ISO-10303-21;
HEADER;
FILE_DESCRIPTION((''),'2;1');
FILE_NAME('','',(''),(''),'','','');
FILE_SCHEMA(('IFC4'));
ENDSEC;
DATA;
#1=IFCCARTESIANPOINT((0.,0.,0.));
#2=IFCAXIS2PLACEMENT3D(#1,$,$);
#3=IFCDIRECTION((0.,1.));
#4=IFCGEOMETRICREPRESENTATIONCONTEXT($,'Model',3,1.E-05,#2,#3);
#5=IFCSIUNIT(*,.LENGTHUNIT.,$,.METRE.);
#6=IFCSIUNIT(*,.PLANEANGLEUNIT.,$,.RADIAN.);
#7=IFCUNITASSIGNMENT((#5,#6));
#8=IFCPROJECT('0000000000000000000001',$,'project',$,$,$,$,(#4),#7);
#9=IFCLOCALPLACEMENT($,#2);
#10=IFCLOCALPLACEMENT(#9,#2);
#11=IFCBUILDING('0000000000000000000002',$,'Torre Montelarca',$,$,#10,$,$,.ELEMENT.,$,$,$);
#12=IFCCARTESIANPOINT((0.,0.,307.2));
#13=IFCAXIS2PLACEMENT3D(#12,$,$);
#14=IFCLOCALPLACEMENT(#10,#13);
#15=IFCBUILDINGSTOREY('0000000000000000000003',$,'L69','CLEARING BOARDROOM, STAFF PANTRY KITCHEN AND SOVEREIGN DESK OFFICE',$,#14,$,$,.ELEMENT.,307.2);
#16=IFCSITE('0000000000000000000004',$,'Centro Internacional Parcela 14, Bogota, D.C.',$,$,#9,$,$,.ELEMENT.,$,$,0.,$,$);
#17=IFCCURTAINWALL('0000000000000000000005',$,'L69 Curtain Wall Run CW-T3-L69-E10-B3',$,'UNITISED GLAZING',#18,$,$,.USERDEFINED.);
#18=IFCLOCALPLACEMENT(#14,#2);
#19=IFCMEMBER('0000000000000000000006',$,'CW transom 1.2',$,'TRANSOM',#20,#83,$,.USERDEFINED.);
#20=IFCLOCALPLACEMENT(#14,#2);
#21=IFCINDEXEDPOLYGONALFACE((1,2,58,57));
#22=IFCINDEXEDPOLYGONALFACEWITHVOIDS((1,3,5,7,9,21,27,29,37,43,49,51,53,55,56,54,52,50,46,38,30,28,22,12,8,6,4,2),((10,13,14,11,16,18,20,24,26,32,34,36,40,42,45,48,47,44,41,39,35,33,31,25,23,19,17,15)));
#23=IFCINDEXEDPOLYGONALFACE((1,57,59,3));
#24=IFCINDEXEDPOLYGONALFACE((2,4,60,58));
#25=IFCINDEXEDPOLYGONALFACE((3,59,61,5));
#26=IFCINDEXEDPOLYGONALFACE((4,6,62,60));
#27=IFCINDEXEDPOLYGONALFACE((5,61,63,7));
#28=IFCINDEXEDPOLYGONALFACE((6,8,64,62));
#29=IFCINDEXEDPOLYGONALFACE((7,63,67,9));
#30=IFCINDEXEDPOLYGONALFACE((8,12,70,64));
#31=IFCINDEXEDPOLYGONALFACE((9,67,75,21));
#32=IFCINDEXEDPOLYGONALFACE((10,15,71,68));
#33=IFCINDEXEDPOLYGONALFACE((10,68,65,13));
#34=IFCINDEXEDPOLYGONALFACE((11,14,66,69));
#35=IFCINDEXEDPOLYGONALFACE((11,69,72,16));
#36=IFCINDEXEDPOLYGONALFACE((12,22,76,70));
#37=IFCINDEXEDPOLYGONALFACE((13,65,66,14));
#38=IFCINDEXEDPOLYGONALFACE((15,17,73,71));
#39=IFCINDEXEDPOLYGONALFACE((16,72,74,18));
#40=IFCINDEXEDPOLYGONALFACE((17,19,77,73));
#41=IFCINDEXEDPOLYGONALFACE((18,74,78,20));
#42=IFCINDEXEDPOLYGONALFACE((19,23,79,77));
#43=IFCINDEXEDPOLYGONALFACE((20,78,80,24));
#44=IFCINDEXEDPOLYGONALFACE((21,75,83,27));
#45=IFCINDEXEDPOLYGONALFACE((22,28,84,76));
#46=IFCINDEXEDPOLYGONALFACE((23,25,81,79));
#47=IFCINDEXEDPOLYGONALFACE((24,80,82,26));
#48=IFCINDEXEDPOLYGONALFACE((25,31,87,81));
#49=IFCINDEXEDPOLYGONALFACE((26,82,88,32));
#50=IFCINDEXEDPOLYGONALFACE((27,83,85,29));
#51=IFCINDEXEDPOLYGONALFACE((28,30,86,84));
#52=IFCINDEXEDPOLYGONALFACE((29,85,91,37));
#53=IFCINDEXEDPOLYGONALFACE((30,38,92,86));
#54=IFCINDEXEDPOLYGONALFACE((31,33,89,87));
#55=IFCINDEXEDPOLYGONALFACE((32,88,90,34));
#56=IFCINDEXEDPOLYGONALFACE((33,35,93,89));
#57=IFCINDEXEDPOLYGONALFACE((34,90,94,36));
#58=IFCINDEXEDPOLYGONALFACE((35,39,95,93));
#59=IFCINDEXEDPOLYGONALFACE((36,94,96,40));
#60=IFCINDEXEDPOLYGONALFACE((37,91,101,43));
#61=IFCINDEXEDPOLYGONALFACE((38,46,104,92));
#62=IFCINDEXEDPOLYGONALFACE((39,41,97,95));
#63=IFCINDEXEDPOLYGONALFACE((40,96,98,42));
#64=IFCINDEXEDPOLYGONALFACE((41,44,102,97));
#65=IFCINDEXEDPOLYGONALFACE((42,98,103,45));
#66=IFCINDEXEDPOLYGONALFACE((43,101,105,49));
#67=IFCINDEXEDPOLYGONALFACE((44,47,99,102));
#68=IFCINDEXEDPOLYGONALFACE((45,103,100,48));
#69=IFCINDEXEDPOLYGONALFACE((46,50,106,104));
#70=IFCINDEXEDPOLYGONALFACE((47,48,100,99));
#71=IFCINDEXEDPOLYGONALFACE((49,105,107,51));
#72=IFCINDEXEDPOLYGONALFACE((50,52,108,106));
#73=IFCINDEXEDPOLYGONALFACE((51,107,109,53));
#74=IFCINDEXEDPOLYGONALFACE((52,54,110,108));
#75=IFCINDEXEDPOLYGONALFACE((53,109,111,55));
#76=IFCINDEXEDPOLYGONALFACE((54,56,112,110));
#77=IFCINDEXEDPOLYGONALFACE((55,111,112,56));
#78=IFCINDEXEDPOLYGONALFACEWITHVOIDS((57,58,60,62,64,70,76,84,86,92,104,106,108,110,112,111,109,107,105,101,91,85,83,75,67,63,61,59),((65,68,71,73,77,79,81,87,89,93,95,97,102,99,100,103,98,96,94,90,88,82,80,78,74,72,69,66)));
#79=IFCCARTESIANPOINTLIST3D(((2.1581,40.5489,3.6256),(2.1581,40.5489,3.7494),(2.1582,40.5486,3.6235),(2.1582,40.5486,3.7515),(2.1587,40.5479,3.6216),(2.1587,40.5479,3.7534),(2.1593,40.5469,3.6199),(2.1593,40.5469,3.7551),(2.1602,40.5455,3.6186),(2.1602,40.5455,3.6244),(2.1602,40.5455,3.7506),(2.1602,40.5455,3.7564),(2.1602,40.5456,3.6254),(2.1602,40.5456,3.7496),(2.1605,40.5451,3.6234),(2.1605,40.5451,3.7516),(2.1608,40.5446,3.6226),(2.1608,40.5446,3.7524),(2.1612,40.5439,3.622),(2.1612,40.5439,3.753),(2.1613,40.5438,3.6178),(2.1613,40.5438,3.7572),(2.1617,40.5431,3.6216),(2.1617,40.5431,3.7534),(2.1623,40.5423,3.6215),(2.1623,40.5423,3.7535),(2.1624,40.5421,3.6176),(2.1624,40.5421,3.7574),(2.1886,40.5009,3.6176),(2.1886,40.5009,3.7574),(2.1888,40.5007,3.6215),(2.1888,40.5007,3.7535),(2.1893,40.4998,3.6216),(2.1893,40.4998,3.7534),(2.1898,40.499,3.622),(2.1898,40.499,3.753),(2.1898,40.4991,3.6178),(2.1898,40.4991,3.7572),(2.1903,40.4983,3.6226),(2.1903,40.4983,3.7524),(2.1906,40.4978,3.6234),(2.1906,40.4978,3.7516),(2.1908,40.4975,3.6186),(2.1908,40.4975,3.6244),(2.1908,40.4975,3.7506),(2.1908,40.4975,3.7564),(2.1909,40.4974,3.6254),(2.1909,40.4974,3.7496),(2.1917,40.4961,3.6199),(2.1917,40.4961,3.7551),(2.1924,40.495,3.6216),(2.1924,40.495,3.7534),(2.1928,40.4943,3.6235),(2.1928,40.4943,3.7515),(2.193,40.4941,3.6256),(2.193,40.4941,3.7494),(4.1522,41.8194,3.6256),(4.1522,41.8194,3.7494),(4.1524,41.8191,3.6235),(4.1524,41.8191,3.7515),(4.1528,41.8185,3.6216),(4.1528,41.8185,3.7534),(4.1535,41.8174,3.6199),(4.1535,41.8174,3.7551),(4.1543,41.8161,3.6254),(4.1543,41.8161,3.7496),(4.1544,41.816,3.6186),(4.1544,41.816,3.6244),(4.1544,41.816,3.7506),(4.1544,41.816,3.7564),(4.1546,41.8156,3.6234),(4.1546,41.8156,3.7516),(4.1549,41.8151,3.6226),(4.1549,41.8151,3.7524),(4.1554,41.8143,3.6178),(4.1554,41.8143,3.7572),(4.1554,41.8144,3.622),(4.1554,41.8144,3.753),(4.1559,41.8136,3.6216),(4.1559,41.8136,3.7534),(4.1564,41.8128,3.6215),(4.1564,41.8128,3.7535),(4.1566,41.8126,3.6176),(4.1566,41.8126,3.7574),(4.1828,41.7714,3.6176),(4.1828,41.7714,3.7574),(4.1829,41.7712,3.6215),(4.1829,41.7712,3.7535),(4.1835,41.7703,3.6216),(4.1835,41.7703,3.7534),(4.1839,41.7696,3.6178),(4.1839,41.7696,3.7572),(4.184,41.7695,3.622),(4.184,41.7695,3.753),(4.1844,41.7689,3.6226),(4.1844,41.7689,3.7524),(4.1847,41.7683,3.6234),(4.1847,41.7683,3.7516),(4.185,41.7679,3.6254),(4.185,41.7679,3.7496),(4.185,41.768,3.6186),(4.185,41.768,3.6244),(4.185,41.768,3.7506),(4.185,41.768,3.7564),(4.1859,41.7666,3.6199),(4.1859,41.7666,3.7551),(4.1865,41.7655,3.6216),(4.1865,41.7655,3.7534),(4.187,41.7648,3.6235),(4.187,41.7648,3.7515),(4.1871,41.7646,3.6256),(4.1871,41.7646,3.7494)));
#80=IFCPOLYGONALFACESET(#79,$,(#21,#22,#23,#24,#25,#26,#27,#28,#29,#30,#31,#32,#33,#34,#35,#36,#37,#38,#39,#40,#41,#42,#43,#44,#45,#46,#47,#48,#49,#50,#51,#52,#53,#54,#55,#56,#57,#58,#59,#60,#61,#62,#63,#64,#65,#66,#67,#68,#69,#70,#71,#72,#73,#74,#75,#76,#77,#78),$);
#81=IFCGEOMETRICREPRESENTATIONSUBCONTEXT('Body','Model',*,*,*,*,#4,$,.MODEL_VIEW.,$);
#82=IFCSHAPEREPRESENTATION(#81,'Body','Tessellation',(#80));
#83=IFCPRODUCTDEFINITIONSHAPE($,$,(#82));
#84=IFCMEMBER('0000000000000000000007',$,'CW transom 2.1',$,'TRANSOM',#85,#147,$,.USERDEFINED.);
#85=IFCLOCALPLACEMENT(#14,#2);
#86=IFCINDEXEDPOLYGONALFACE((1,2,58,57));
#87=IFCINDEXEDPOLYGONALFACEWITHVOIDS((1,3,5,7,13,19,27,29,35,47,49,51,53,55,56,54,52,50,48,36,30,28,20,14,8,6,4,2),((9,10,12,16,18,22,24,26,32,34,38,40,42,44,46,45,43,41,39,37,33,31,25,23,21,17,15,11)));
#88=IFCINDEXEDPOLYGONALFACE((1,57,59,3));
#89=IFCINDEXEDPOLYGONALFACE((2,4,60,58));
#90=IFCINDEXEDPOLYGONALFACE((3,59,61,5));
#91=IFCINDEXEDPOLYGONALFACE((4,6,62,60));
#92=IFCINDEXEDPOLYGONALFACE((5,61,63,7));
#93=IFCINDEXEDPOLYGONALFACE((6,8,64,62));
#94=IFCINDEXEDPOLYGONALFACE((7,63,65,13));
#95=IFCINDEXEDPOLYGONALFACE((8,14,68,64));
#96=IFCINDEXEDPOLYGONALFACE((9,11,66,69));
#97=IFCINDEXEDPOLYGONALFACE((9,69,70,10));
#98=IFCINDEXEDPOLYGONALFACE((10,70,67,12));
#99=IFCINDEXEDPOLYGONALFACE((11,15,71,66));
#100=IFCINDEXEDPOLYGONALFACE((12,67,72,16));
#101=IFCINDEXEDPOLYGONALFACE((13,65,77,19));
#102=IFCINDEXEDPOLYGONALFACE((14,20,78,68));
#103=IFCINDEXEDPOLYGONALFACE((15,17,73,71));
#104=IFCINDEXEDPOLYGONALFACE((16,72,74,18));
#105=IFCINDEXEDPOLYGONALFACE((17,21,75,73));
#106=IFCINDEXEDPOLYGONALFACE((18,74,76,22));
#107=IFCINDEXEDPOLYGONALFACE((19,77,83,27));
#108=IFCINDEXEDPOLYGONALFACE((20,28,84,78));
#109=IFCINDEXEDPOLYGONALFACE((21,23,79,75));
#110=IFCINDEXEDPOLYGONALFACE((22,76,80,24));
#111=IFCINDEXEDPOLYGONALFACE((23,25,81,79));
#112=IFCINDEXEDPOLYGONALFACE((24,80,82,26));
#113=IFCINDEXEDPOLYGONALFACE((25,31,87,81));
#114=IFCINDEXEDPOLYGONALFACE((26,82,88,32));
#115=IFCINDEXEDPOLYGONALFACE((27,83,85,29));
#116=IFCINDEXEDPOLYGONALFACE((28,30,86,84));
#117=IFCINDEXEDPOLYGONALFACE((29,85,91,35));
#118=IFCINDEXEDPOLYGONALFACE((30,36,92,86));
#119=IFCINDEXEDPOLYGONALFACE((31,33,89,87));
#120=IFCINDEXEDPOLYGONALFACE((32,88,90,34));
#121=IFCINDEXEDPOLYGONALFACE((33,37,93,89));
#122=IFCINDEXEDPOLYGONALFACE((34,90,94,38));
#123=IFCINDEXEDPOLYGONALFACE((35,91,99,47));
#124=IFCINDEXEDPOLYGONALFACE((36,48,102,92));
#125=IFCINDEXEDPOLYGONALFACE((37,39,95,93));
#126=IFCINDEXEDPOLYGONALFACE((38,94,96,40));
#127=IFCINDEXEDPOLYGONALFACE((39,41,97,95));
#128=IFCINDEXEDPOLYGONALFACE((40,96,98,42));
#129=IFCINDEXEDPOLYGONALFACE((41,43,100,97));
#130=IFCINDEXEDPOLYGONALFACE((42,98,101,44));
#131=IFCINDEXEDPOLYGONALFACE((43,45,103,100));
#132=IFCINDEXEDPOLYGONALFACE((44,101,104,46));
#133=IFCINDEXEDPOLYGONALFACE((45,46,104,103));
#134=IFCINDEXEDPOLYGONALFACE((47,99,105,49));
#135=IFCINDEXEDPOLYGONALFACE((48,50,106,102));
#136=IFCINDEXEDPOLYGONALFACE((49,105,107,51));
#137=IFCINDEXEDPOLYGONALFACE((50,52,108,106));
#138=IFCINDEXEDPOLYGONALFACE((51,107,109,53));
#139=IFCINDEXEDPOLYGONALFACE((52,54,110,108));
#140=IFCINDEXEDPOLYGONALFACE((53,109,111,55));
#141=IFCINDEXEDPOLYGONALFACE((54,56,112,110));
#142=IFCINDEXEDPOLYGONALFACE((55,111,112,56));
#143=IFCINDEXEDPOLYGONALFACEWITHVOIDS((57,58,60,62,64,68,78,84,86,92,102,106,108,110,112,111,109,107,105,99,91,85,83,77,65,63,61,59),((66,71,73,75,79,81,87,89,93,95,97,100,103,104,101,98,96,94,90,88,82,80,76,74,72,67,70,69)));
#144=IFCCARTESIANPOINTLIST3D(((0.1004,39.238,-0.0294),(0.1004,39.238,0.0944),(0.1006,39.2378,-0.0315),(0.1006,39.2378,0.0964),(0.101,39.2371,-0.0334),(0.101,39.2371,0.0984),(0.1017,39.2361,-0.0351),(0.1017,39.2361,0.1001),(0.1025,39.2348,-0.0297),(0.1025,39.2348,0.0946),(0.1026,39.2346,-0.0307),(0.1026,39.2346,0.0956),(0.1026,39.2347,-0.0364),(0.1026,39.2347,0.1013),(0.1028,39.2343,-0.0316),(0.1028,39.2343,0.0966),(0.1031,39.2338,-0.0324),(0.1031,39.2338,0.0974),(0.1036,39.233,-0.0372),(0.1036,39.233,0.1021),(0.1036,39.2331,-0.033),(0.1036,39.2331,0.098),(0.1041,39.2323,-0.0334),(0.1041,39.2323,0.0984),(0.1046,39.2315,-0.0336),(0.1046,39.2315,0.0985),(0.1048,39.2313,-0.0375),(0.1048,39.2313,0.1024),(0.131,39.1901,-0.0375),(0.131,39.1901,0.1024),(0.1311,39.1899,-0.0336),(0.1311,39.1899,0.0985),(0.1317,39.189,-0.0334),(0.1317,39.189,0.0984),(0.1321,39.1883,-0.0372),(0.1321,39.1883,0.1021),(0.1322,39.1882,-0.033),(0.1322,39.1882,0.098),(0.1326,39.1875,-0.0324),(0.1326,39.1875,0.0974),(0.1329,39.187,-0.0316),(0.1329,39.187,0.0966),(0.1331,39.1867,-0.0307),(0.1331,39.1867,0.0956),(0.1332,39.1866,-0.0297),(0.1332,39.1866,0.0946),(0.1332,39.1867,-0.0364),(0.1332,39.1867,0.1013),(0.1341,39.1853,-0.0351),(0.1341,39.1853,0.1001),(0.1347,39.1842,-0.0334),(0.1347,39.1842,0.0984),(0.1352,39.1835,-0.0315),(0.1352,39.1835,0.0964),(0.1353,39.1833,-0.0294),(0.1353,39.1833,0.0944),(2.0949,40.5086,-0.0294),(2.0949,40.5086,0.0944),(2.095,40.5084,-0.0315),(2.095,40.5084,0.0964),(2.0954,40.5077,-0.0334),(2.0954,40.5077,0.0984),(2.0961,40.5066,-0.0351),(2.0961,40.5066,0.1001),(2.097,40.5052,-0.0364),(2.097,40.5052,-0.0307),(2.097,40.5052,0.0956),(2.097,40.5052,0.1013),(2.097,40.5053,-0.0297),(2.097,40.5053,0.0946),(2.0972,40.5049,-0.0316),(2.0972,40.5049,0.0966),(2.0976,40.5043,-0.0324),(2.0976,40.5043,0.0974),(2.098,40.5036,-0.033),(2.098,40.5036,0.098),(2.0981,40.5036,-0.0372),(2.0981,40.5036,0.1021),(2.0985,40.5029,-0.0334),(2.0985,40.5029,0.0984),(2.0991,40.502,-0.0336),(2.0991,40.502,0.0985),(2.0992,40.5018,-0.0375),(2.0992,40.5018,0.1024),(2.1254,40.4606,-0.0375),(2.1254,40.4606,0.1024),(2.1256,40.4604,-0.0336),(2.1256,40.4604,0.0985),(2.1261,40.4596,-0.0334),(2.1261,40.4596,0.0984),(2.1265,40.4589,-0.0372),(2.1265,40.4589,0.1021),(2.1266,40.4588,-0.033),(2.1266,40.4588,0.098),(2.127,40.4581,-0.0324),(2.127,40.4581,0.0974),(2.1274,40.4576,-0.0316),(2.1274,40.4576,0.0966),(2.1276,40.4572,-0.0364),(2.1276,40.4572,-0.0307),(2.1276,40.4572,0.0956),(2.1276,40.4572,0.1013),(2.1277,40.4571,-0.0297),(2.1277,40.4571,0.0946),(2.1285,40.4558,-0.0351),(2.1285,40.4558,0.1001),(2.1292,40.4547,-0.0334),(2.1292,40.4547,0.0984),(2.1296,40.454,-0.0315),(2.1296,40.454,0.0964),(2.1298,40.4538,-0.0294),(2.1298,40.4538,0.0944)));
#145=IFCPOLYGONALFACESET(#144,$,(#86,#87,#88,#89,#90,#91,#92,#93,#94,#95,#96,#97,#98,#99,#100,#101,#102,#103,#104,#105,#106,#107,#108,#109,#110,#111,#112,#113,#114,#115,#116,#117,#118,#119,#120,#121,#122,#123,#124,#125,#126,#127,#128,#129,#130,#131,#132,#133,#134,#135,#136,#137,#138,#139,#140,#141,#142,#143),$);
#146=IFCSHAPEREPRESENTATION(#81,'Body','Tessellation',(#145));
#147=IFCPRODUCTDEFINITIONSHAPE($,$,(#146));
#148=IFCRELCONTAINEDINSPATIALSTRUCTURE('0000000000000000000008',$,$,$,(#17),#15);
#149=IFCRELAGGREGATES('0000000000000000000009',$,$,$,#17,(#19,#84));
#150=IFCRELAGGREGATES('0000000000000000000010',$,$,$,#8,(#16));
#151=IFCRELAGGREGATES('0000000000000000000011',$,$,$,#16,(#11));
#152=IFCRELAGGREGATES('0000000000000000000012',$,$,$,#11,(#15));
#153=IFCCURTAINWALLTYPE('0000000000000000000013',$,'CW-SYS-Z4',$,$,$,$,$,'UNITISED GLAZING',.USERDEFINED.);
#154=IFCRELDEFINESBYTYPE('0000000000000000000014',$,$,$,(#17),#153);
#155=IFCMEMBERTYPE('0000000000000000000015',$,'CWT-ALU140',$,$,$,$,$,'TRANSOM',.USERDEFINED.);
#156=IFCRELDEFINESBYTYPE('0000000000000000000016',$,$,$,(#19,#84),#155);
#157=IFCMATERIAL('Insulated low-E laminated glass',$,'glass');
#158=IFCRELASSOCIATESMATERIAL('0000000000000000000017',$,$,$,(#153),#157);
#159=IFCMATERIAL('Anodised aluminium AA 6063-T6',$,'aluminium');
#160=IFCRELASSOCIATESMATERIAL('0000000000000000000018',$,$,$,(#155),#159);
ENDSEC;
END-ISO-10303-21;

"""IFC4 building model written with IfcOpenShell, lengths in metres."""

from ifc_helpers import new_model, si_unit, direction, frame, origin, origin_2d, place, context, subcontext, project, spatial, hollow_rectangle, extrude, source, transform, mapped, material, material_profile, profile_set, type_object, element, aggregate, save


model = new_model("IFC4")

# Units and contexts
model_context = context("Model", 3, precision=1e-05, world=origin(), true_north=direction((0.0, 1.0)))
body_context = subcontext(model_context, "Body", "Model", "MODEL_VIEW")
ifc_project = project(units=[si_unit("LENGTHUNIT", "METRE"), si_unit("PLANEANGLEUNIT", "RADIAN")], contexts=[model_context])

# Site, building, storey
site_placement = place(None, origin())
site = spatial("IfcSite", under=ifc_project, at=site_placement, Name="Centro Internacional Parcela 14, Bogota, D.C.", CompositionType="ELEMENT", RefElevation=0.0)
building_placement = place(site_placement, origin())
building = spatial("IfcBuilding", under=site, at=building_placement, Name="Torre Montelarca", CompositionType="ELEMENT")
storey_placement = place(building_placement, frame((0.0, 0.0, 307.2)))
storey = spatial("IfcBuildingStorey", under=building, at=storey_placement, Name="L69", Description="CLEARING BOARDROOM, STAFF PANTRY KITCHEN AND SOVEREIGN DESK OFFICE", CompositionType="ELEMENT", Elevation=307.2)

# Shared definitions
ifc_material_1 = material(Name="Insulated low-E laminated glass", Category="glass")
curtain_wall_type = type_object("IfcCurtainWallType", Name="CW-SYS-Z4", ElementType="UNITISED GLAZING", PredefinedType="USERDEFINED", material=ifc_material_1)
ifc_material_2 = material(Name="Anodised aluminium AA 6063-T6", Category="aluminium")

# Curtain wall
curtain_wall_1_placement = place(storey_placement, origin())
curtain_wall_1 = element("IfcCurtainWall", 1, at=curtain_wall_1_placement, inside=storey, type_object=curtain_wall_type, Name="L69 Curtain Wall Run CW-T3-L69-E10-B3", ObjectType="UNITISED GLAZING", PredefinedType="USERDEFINED")

# Members
ifc_material_profile_1 = material_profile(ifc_material_2, hollow_rectangle(XDim=0.0649, YDim=0.1399, WallThickness=0.0039, InnerFilletRadius=0.0039, OuterFilletRadius=0.0081, at=origin_2d()), Name="ALU65X140X4", Category="aluminium")
ifc_profile_set_1 = profile_set([ifc_material_profile_1], Name="Anodised aluminium AA 6063-T6")
member_type_1 = type_object("IfcMemberType", Name="CWT-ALU140", ElementType="TRANSOM", PredefinedType="USERDEFINED", material=ifc_profile_set_1)
shared_shape_1 = source(origin(), body_context, "Body", "SweptSolid", [
    extrude(hollow_rectangle(XDim=0.0649, YDim=0.1399, WallThickness=0.0039, InnerFilletRadius=0.0039, OuterFilletRadius=0.0081, at=origin_2d()), origin(), (0.0, 0.0, 1.0), 2.3645),
])
member_1_placement = place(storey_placement, frame((4.1697, 41.792, 3.6875), z_axis=(-0.843372, -0.53733, 0.0), x_axis=(0.53733, -0.843372, 0.0)))
member_1 = element("IfcMember", 2, at=member_1_placement, type_object=member_type_1, Name="CW transom 1.2", ObjectType="TRANSOM", PredefinedType="USERDEFINED", context=body_context, shape_type="MappedRepresentation", body=[
    mapped(shared_shape_1, transform((0.0, 0.0, 0.0), scale=1.0)),
])
shared_shape_2 = source(origin(), body_context, "Body", "SweptSolid", [
    extrude(hollow_rectangle(XDim=0.0649, YDim=0.1399, WallThickness=0.0039, InnerFilletRadius=0.0039, OuterFilletRadius=0.0081, at=origin_2d()), origin(), (0.0, 0.0, 1.0), 2.3647),
])
member_2_placement = place(storey_placement, frame((2.1123, 40.4812, 0.0325), z_axis=(-0.843402, -0.537283, 0.0), x_axis=(0.537283, -0.843402, 0.0)))
member_2 = element("IfcMember", 3, at=member_2_placement, type_object=member_type_1, Name="CW transom 2.1", ObjectType="TRANSOM", PredefinedType="USERDEFINED", context=body_context, shape_type="MappedRepresentation", body=[
    mapped(shared_shape_2, transform((0.0, 0.0, 0.0), scale=1.0)),
])

aggregate(curtain_wall_1, [member_1, member_2])

save(model, "model.ifc")
